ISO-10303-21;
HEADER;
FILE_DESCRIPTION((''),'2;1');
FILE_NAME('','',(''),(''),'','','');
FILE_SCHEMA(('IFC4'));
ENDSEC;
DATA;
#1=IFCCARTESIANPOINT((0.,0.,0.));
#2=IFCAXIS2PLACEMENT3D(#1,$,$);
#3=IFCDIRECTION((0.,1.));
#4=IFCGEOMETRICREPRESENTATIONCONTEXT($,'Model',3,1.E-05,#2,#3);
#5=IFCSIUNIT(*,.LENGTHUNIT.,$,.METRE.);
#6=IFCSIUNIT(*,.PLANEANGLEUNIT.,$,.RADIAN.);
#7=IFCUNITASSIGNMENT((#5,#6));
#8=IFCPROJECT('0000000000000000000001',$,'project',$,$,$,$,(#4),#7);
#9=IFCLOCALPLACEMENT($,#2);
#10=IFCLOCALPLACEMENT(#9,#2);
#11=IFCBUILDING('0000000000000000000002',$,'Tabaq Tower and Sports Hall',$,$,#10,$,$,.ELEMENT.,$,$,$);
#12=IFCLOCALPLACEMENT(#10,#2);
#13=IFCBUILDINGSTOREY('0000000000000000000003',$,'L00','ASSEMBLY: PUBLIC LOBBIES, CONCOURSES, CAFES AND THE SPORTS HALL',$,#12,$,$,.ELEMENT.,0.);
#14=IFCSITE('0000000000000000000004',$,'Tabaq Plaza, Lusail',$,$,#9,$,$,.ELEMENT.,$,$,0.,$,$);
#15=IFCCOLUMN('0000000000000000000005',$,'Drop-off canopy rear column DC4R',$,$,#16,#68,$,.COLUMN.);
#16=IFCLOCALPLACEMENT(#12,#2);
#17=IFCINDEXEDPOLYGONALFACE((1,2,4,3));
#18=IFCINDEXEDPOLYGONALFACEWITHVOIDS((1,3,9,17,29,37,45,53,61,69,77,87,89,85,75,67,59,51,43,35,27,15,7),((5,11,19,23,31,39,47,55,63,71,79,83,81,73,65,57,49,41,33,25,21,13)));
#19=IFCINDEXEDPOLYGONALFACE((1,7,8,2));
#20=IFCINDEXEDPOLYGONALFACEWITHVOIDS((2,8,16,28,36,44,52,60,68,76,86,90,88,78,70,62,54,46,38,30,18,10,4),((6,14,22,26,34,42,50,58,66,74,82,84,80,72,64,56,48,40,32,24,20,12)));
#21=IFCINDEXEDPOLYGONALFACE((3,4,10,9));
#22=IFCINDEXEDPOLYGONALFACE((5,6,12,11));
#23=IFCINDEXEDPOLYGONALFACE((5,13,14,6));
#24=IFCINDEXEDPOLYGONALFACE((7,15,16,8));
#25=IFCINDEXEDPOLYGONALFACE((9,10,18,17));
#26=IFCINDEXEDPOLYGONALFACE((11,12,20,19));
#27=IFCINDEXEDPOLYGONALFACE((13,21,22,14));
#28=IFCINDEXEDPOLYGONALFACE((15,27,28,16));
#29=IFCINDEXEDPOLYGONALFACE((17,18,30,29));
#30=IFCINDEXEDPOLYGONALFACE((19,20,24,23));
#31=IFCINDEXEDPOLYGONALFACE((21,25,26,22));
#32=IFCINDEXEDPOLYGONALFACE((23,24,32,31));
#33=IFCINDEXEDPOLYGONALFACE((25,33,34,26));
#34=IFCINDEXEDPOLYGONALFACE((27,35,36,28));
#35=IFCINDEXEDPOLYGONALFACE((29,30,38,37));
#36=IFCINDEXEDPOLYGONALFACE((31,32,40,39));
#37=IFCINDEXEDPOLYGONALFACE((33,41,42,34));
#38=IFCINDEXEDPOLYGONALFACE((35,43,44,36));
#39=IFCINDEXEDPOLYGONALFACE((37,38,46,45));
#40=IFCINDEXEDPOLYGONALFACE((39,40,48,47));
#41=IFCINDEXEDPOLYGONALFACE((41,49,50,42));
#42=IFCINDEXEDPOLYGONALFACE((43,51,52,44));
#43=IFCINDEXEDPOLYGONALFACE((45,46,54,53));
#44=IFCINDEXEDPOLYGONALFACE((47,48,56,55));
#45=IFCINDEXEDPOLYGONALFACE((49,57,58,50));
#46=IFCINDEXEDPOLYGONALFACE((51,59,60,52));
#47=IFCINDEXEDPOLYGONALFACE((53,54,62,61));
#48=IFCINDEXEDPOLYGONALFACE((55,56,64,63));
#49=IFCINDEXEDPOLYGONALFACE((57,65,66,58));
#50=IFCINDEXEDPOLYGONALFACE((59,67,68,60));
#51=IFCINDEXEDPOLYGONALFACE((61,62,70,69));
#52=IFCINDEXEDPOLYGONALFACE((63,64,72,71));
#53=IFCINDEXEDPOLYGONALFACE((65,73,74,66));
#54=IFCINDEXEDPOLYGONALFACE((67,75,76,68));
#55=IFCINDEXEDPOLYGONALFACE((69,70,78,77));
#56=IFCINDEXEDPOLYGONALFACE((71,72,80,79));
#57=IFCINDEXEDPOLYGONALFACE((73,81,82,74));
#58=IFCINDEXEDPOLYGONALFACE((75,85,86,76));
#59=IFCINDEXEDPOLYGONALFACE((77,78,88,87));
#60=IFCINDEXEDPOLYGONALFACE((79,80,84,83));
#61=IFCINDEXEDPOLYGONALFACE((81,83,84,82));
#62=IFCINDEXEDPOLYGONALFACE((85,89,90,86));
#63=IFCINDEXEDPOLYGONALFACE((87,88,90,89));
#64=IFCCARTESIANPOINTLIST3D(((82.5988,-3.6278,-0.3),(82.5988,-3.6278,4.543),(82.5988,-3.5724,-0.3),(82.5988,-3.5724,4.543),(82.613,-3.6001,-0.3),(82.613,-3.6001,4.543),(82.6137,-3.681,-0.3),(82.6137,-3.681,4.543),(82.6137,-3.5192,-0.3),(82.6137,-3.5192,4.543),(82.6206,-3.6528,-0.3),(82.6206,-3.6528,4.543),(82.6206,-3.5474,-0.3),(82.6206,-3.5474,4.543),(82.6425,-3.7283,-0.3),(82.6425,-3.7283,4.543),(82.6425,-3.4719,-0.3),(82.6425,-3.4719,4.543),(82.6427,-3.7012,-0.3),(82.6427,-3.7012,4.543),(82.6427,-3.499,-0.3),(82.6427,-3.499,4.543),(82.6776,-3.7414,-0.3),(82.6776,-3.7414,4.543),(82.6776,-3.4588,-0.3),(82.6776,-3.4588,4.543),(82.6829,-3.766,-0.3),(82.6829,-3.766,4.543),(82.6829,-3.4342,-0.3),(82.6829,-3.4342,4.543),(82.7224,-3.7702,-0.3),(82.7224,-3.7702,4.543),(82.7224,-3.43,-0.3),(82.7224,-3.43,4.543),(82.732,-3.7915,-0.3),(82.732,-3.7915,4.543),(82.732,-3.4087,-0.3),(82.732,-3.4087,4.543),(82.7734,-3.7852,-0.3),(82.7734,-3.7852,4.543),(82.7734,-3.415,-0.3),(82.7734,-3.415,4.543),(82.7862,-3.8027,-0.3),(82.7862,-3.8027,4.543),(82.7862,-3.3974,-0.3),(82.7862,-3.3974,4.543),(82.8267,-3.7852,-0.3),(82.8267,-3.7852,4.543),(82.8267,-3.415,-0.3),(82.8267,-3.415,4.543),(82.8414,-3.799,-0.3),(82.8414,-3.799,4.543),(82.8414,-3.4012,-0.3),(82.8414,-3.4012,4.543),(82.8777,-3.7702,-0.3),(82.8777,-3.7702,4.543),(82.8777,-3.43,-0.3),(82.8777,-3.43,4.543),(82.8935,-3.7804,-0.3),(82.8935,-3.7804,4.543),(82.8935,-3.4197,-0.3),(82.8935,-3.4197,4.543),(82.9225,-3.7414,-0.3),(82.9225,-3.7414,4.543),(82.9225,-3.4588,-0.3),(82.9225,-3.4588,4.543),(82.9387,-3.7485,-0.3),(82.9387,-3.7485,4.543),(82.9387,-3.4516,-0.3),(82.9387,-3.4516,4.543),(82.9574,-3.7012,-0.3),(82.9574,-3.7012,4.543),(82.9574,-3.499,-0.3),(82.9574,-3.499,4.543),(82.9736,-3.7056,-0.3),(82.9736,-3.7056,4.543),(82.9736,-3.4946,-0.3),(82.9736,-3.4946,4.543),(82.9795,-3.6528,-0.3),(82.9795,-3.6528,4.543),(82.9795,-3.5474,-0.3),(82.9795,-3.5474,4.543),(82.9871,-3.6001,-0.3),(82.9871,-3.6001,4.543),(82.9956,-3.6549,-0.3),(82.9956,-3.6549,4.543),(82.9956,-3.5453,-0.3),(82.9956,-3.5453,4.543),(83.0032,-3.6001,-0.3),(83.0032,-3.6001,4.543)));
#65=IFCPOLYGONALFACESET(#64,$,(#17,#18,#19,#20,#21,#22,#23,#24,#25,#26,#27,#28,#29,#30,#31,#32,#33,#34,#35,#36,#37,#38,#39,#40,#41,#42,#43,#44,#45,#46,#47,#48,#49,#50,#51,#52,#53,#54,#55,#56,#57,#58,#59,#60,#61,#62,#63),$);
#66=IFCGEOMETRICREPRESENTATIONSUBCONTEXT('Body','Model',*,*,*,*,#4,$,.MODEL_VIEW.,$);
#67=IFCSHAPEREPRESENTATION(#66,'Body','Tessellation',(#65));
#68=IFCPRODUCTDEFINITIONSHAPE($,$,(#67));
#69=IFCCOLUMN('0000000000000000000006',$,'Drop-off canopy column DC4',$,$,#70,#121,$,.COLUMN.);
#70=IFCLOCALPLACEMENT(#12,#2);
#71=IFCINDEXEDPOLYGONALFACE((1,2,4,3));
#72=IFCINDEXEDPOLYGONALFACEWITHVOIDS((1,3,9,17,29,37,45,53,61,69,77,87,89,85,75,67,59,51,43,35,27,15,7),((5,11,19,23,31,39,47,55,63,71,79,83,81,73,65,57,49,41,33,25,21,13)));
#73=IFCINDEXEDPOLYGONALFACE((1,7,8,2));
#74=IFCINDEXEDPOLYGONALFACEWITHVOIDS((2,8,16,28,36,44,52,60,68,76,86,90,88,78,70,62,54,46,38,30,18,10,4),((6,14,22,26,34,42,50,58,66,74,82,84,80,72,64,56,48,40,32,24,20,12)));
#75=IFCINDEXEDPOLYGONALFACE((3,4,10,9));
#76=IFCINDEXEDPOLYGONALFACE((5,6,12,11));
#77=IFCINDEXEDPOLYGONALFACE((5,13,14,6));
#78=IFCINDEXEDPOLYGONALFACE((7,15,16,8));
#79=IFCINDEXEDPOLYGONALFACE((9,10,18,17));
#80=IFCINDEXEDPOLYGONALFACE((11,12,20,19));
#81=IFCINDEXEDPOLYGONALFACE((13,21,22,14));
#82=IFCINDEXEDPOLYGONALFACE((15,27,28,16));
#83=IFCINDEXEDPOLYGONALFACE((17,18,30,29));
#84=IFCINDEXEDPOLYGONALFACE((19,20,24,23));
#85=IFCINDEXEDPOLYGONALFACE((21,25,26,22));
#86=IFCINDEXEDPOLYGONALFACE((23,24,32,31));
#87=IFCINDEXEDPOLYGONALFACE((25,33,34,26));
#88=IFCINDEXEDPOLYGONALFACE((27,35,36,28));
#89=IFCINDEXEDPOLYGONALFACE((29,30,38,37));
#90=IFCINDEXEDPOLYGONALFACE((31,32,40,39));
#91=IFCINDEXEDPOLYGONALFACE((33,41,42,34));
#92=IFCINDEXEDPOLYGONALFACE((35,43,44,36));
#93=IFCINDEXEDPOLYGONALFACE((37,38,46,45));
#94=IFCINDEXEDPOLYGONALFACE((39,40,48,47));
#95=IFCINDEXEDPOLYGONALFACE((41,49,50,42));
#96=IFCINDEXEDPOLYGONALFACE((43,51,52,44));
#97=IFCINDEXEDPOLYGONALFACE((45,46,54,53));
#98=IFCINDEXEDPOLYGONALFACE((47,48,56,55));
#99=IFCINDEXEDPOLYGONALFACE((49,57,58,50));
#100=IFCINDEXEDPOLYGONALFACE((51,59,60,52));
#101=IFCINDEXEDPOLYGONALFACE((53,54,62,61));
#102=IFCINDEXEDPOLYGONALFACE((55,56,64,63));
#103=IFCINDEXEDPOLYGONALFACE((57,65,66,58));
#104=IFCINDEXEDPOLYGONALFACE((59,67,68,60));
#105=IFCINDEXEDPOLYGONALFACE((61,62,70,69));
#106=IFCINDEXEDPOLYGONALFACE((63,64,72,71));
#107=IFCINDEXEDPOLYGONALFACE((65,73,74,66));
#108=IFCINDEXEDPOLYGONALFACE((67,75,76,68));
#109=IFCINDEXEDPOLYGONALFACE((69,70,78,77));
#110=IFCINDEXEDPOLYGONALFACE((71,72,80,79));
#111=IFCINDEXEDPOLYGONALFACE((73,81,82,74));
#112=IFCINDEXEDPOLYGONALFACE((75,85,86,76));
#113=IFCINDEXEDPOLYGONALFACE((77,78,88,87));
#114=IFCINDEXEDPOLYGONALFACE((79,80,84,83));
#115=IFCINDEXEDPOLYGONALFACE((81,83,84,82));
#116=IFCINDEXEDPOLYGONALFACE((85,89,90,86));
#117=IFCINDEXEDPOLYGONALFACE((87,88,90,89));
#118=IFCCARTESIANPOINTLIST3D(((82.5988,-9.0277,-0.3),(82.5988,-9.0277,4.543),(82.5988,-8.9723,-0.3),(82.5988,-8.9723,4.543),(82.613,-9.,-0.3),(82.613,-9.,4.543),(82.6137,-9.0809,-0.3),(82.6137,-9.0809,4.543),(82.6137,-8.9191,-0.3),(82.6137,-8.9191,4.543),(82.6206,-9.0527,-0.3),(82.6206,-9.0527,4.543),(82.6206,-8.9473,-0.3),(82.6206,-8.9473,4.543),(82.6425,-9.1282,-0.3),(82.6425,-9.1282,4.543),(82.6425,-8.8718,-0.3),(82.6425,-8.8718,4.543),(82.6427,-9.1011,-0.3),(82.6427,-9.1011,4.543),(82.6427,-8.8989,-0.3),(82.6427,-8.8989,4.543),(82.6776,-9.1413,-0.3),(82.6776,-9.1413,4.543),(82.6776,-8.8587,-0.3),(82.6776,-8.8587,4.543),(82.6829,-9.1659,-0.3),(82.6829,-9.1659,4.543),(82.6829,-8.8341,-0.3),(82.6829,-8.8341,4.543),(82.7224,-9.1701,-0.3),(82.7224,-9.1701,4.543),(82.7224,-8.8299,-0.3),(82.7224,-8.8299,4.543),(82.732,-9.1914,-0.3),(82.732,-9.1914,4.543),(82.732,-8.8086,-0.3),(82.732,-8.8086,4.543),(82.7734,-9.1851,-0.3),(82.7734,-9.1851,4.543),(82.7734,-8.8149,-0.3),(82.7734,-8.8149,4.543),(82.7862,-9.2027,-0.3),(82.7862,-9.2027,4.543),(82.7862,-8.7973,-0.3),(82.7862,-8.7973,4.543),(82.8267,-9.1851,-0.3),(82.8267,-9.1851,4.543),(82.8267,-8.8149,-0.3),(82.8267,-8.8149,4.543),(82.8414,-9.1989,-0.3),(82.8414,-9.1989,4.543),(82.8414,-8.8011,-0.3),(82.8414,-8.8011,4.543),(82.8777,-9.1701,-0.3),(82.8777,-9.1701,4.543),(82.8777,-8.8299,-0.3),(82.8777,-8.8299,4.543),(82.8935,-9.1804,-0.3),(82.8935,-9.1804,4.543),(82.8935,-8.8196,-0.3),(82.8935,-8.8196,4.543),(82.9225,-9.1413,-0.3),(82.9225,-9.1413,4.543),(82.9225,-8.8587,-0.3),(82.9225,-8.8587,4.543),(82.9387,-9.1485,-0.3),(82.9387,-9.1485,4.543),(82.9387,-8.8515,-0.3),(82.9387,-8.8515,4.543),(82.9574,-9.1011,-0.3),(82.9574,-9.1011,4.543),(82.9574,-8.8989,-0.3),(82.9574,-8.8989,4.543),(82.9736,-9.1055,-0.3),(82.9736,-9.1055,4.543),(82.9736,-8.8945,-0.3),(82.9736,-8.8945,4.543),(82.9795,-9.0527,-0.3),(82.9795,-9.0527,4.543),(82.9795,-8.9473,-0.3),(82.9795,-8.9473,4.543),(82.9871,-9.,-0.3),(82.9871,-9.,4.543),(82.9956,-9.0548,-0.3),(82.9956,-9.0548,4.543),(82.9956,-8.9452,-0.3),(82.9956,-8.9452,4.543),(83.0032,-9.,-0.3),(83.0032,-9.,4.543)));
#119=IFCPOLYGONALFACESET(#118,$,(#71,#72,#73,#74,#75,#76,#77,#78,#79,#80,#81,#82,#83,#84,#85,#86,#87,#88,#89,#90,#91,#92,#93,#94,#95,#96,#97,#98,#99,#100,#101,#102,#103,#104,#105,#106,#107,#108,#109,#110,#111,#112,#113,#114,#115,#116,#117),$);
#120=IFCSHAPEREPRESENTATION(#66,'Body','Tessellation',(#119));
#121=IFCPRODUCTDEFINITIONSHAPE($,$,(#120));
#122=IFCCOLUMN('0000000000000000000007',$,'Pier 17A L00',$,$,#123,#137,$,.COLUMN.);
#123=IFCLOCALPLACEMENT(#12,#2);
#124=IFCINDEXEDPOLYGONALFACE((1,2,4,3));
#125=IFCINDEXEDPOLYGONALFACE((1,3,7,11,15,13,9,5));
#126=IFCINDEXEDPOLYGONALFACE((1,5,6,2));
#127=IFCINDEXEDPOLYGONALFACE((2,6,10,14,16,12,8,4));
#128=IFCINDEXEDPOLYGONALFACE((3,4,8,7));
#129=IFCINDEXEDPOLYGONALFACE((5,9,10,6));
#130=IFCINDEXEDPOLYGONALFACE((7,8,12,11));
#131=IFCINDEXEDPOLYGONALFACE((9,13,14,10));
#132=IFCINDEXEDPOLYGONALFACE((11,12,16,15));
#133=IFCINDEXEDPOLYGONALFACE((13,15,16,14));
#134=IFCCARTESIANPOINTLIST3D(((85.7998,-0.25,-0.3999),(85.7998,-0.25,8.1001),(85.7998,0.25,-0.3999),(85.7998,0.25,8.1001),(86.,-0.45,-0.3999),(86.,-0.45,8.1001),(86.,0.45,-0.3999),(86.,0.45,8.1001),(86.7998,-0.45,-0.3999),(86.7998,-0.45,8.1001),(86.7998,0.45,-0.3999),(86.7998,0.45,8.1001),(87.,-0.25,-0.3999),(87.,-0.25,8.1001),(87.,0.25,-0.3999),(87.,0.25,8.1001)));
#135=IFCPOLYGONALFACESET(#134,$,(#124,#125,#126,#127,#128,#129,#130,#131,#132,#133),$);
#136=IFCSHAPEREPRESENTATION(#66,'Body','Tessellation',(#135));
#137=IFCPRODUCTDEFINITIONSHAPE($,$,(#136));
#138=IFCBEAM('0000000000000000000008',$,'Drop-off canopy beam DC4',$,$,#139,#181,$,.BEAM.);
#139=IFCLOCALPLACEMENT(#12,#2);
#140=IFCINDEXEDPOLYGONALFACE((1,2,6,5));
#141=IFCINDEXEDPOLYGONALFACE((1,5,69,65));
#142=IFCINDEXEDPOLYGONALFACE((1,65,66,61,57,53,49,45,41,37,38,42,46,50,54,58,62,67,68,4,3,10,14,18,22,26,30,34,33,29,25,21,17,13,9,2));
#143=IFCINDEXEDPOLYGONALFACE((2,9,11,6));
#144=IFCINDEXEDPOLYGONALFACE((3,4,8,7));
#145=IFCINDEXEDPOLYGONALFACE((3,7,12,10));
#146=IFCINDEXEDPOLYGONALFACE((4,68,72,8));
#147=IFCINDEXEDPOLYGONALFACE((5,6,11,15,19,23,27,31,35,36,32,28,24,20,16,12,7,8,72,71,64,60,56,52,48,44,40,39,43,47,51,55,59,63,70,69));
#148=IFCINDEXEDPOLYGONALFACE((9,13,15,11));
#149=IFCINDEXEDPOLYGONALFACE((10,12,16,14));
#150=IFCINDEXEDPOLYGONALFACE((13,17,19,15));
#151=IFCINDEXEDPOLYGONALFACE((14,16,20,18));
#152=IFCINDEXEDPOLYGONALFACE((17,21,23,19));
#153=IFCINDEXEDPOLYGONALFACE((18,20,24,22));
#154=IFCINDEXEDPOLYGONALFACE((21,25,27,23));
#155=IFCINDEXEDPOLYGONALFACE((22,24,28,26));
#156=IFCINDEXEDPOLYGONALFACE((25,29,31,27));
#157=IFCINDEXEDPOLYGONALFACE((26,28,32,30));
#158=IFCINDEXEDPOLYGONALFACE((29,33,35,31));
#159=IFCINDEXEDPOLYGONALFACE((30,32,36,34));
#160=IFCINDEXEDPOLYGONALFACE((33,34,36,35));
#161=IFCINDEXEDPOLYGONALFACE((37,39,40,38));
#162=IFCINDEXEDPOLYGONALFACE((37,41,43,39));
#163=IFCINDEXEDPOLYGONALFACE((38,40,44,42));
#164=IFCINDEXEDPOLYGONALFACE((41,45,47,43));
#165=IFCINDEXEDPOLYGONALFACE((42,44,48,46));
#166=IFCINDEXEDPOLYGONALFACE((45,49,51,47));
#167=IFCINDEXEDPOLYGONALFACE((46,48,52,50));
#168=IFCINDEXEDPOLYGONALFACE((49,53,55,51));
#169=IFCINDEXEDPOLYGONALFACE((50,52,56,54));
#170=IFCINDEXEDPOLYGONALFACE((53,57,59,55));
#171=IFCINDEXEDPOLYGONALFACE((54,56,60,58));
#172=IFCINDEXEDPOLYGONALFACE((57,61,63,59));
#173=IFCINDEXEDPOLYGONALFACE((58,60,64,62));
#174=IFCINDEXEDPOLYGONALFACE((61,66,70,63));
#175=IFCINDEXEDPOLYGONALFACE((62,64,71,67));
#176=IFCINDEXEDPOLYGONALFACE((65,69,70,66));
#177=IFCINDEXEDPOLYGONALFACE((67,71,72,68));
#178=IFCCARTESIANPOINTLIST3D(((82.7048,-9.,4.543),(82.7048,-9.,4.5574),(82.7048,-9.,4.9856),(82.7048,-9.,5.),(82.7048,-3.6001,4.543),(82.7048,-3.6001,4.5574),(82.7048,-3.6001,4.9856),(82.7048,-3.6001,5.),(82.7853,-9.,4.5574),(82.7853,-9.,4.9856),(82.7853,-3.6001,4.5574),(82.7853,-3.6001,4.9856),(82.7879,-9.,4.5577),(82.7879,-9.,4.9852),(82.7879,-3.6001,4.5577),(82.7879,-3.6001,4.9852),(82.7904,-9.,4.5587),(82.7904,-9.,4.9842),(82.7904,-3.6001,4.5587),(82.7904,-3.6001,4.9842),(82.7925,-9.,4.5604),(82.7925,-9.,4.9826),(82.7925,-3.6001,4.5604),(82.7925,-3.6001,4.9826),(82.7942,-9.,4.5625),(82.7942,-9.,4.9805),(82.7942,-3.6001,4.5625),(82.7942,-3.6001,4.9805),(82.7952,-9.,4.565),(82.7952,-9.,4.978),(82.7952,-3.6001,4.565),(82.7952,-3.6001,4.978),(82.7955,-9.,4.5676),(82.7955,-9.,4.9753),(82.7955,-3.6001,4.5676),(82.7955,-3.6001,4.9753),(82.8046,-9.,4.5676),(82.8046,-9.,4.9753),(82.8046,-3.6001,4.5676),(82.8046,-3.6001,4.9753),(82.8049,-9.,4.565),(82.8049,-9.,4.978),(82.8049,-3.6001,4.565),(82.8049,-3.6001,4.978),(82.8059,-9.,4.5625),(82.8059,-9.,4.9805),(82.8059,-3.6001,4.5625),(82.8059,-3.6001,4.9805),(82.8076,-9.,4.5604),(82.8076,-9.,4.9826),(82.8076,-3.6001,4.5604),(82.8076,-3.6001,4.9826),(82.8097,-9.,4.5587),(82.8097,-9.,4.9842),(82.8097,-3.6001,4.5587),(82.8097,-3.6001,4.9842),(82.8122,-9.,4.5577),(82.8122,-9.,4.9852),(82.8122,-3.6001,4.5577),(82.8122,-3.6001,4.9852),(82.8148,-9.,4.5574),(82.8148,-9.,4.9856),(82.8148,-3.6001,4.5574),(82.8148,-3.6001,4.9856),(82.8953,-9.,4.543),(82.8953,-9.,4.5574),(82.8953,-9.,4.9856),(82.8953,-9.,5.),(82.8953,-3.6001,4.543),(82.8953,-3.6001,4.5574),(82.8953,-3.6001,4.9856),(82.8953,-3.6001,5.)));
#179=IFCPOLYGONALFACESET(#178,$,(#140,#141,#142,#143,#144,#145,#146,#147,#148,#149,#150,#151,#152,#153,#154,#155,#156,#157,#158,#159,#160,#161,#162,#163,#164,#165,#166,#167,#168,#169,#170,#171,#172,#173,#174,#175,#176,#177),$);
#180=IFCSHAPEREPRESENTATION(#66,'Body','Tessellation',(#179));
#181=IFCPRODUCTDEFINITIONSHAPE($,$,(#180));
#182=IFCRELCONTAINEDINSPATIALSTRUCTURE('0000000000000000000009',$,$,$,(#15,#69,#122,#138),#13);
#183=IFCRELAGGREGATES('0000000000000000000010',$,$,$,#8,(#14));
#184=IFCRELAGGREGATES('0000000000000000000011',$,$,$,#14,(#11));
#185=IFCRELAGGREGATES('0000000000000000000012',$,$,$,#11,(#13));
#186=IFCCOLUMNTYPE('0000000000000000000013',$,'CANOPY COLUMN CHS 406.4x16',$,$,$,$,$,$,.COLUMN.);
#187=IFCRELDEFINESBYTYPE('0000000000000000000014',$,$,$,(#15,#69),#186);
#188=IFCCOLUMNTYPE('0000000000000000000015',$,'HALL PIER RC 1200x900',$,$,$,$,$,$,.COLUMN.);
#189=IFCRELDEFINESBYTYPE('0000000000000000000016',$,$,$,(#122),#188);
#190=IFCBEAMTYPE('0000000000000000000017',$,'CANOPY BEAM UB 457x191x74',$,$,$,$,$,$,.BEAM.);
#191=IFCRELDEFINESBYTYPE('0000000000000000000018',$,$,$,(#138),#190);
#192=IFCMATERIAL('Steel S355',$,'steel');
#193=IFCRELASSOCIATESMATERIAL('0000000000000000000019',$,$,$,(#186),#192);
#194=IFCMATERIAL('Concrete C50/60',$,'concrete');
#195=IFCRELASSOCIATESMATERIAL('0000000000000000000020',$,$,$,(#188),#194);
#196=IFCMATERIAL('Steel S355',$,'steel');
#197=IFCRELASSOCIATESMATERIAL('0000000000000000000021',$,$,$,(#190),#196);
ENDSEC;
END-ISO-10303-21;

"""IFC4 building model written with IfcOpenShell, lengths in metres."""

from ifc_helpers import new_model, si_unit, direction, frame, origin, origin_2d, place, context, subcontext, project, spatial, polyline, hollow_circle, i_section, outline, extrude, material, material_profile, profile_set, type_object, element, save


model = new_model("IFC4")

# Units and contexts
model_context = context("Model", 3, precision=1e-05, world=origin(), true_north=direction((0.0, 1.0)))
body_context = subcontext(model_context, "Body", "Model", "MODEL_VIEW")
ifc_project = project(units=[si_unit("LENGTHUNIT", "METRE"), si_unit("PLANEANGLEUNIT", "RADIAN")], contexts=[model_context])

# Site, building, storey
site_placement = place(None, origin())
site = spatial("IfcSite", under=ifc_project, at=site_placement, Name="Tabaq Plaza, Lusail", CompositionType="ELEMENT", RefElevation=0.0)
building_placement = place(site_placement, origin())
building = spatial("IfcBuilding", under=site, at=building_placement, Name="Tabaq Tower and Sports Hall", CompositionType="ELEMENT")
storey_placement = place(building_placement, origin())
storey = spatial("IfcBuildingStorey", under=building, at=storey_placement, Name="L00", Description="ASSEMBLY: PUBLIC LOBBIES, CONCOURSES, CAFES AND THE SPORTS HALL", CompositionType="ELEMENT", Elevation=0.0)

# Columns
ifc_material_1 = material(Name="Steel S355", Category="steel")
ifc_material_profile_1 = material_profile(ifc_material_1, hollow_circle(Radius=0.2031, WallThickness=0.0161, at=origin_2d()), Name="CHS 406.4x16")
ifc_profile_set_1 = profile_set([ifc_material_profile_1], Name="Steel S355")
column_type_1 = type_object("IfcColumnType", Name="CANOPY COLUMN CHS 406.4x16", PredefinedType="COLUMN", material=ifc_profile_set_1)
for number, where, z_axis, x_axis, name in (
    (1, (82.8, -3.6001, -0.3), (0.0, 0.0, 1.0), (1.0, 0.0, 0.0), "Drop-off canopy rear column DC4R"),
    (2, (82.8, -9.0, -0.3), (0.0, 0.0, 1.0), (1.0, 0.0, 0.0), "Drop-off canopy column DC4"),
):
    element("IfcColumn", number, at=place(storey_placement, frame(where, z_axis=z_axis, x_axis=x_axis)), inside=storey, type_object=column_type_1, Name=name, PredefinedType="COLUMN", context=body_context, shape_type="SweptSolid", body=[
        extrude(hollow_circle(Radius=0.2031, WallThickness=0.0161, at=origin_2d()), origin(), (0.0, 0.0, 1.0), 4.843),
    ])
ifc_material_2 = material(Name="Concrete C50/60", Category="concrete")
ifc_material_profile_2 = material_profile(ifc_material_2, outline(polyline([(-0.3999, -0.45), (0.3999, -0.45), (0.6001, -0.25), (0.6001, 0.25), (0.3999, 0.45), (-0.3999, 0.45), (-0.6001, 0.25), (-0.6001, -0.25), (-0.3999, -0.45)])), Name="PIER 1200x900")
ifc_profile_set_2 = profile_set([ifc_material_profile_2], Name="Concrete C50/60")
column_type_2 = type_object("IfcColumnType", Name="HALL PIER RC 1200x900", PredefinedType="COLUMN", material=ifc_profile_set_2)
column_placement = place(storey_placement, frame((86.3999, 0.0, -0.3999), z_axis=(0.0, 0.0, 1.0), x_axis=(1.0, 0.0, 0.0)))
element("IfcColumn", 3, at=column_placement, inside=storey, type_object=column_type_2, Name="Pier 17A L00", PredefinedType="COLUMN", context=body_context, shape_type="SweptSolid", body=[
    extrude(outline(polyline([(-0.3999, -0.45), (0.3999, -0.45), (0.6001, -0.25), (0.6001, 0.25), (0.3999, 0.45), (-0.3999, 0.45), (-0.6001, 0.25), (-0.6001, -0.25), (-0.3999, -0.45)])), origin(), (0.0, 0.0, 1.0), 8.5),
])

# Beam
ifc_material_3 = material(Name="Steel S355", Category="steel")
ifc_material_profile_3 = material_profile(ifc_material_3, i_section(OverallWidth=0.1904, OverallDepth=0.457, WebThickness=0.009, FlangeThickness=0.0144, FilletRadius=0.0103, at=origin_2d()), Name="UB 457x191x74")
ifc_profile_set_3 = profile_set([ifc_material_profile_3], Name="Steel S355")
beam_type = type_object("IfcBeamType", Name="CANOPY BEAM UB 457x191x74", PredefinedType="BEAM", material=ifc_profile_set_3)
beam_placement = place(storey_placement, frame((82.8, -9.0, 4.7715), z_axis=(0.0, 1.0, 0.0), x_axis=(-1.0, 0.0, 0.0)))
element("IfcBeam", 4, at=beam_placement, inside=storey, type_object=beam_type, Name="Drop-off canopy beam DC4", PredefinedType="BEAM", context=body_context, shape_type="SweptSolid", body=[
    extrude(i_section(OverallWidth=0.1904, OverallDepth=0.457, WebThickness=0.009, FlangeThickness=0.0144, FilletRadius=0.0103, at=origin_2d()), origin(), (0.0, 0.0, 1.0), 5.3999),
])

save(model, "model.ifc")
